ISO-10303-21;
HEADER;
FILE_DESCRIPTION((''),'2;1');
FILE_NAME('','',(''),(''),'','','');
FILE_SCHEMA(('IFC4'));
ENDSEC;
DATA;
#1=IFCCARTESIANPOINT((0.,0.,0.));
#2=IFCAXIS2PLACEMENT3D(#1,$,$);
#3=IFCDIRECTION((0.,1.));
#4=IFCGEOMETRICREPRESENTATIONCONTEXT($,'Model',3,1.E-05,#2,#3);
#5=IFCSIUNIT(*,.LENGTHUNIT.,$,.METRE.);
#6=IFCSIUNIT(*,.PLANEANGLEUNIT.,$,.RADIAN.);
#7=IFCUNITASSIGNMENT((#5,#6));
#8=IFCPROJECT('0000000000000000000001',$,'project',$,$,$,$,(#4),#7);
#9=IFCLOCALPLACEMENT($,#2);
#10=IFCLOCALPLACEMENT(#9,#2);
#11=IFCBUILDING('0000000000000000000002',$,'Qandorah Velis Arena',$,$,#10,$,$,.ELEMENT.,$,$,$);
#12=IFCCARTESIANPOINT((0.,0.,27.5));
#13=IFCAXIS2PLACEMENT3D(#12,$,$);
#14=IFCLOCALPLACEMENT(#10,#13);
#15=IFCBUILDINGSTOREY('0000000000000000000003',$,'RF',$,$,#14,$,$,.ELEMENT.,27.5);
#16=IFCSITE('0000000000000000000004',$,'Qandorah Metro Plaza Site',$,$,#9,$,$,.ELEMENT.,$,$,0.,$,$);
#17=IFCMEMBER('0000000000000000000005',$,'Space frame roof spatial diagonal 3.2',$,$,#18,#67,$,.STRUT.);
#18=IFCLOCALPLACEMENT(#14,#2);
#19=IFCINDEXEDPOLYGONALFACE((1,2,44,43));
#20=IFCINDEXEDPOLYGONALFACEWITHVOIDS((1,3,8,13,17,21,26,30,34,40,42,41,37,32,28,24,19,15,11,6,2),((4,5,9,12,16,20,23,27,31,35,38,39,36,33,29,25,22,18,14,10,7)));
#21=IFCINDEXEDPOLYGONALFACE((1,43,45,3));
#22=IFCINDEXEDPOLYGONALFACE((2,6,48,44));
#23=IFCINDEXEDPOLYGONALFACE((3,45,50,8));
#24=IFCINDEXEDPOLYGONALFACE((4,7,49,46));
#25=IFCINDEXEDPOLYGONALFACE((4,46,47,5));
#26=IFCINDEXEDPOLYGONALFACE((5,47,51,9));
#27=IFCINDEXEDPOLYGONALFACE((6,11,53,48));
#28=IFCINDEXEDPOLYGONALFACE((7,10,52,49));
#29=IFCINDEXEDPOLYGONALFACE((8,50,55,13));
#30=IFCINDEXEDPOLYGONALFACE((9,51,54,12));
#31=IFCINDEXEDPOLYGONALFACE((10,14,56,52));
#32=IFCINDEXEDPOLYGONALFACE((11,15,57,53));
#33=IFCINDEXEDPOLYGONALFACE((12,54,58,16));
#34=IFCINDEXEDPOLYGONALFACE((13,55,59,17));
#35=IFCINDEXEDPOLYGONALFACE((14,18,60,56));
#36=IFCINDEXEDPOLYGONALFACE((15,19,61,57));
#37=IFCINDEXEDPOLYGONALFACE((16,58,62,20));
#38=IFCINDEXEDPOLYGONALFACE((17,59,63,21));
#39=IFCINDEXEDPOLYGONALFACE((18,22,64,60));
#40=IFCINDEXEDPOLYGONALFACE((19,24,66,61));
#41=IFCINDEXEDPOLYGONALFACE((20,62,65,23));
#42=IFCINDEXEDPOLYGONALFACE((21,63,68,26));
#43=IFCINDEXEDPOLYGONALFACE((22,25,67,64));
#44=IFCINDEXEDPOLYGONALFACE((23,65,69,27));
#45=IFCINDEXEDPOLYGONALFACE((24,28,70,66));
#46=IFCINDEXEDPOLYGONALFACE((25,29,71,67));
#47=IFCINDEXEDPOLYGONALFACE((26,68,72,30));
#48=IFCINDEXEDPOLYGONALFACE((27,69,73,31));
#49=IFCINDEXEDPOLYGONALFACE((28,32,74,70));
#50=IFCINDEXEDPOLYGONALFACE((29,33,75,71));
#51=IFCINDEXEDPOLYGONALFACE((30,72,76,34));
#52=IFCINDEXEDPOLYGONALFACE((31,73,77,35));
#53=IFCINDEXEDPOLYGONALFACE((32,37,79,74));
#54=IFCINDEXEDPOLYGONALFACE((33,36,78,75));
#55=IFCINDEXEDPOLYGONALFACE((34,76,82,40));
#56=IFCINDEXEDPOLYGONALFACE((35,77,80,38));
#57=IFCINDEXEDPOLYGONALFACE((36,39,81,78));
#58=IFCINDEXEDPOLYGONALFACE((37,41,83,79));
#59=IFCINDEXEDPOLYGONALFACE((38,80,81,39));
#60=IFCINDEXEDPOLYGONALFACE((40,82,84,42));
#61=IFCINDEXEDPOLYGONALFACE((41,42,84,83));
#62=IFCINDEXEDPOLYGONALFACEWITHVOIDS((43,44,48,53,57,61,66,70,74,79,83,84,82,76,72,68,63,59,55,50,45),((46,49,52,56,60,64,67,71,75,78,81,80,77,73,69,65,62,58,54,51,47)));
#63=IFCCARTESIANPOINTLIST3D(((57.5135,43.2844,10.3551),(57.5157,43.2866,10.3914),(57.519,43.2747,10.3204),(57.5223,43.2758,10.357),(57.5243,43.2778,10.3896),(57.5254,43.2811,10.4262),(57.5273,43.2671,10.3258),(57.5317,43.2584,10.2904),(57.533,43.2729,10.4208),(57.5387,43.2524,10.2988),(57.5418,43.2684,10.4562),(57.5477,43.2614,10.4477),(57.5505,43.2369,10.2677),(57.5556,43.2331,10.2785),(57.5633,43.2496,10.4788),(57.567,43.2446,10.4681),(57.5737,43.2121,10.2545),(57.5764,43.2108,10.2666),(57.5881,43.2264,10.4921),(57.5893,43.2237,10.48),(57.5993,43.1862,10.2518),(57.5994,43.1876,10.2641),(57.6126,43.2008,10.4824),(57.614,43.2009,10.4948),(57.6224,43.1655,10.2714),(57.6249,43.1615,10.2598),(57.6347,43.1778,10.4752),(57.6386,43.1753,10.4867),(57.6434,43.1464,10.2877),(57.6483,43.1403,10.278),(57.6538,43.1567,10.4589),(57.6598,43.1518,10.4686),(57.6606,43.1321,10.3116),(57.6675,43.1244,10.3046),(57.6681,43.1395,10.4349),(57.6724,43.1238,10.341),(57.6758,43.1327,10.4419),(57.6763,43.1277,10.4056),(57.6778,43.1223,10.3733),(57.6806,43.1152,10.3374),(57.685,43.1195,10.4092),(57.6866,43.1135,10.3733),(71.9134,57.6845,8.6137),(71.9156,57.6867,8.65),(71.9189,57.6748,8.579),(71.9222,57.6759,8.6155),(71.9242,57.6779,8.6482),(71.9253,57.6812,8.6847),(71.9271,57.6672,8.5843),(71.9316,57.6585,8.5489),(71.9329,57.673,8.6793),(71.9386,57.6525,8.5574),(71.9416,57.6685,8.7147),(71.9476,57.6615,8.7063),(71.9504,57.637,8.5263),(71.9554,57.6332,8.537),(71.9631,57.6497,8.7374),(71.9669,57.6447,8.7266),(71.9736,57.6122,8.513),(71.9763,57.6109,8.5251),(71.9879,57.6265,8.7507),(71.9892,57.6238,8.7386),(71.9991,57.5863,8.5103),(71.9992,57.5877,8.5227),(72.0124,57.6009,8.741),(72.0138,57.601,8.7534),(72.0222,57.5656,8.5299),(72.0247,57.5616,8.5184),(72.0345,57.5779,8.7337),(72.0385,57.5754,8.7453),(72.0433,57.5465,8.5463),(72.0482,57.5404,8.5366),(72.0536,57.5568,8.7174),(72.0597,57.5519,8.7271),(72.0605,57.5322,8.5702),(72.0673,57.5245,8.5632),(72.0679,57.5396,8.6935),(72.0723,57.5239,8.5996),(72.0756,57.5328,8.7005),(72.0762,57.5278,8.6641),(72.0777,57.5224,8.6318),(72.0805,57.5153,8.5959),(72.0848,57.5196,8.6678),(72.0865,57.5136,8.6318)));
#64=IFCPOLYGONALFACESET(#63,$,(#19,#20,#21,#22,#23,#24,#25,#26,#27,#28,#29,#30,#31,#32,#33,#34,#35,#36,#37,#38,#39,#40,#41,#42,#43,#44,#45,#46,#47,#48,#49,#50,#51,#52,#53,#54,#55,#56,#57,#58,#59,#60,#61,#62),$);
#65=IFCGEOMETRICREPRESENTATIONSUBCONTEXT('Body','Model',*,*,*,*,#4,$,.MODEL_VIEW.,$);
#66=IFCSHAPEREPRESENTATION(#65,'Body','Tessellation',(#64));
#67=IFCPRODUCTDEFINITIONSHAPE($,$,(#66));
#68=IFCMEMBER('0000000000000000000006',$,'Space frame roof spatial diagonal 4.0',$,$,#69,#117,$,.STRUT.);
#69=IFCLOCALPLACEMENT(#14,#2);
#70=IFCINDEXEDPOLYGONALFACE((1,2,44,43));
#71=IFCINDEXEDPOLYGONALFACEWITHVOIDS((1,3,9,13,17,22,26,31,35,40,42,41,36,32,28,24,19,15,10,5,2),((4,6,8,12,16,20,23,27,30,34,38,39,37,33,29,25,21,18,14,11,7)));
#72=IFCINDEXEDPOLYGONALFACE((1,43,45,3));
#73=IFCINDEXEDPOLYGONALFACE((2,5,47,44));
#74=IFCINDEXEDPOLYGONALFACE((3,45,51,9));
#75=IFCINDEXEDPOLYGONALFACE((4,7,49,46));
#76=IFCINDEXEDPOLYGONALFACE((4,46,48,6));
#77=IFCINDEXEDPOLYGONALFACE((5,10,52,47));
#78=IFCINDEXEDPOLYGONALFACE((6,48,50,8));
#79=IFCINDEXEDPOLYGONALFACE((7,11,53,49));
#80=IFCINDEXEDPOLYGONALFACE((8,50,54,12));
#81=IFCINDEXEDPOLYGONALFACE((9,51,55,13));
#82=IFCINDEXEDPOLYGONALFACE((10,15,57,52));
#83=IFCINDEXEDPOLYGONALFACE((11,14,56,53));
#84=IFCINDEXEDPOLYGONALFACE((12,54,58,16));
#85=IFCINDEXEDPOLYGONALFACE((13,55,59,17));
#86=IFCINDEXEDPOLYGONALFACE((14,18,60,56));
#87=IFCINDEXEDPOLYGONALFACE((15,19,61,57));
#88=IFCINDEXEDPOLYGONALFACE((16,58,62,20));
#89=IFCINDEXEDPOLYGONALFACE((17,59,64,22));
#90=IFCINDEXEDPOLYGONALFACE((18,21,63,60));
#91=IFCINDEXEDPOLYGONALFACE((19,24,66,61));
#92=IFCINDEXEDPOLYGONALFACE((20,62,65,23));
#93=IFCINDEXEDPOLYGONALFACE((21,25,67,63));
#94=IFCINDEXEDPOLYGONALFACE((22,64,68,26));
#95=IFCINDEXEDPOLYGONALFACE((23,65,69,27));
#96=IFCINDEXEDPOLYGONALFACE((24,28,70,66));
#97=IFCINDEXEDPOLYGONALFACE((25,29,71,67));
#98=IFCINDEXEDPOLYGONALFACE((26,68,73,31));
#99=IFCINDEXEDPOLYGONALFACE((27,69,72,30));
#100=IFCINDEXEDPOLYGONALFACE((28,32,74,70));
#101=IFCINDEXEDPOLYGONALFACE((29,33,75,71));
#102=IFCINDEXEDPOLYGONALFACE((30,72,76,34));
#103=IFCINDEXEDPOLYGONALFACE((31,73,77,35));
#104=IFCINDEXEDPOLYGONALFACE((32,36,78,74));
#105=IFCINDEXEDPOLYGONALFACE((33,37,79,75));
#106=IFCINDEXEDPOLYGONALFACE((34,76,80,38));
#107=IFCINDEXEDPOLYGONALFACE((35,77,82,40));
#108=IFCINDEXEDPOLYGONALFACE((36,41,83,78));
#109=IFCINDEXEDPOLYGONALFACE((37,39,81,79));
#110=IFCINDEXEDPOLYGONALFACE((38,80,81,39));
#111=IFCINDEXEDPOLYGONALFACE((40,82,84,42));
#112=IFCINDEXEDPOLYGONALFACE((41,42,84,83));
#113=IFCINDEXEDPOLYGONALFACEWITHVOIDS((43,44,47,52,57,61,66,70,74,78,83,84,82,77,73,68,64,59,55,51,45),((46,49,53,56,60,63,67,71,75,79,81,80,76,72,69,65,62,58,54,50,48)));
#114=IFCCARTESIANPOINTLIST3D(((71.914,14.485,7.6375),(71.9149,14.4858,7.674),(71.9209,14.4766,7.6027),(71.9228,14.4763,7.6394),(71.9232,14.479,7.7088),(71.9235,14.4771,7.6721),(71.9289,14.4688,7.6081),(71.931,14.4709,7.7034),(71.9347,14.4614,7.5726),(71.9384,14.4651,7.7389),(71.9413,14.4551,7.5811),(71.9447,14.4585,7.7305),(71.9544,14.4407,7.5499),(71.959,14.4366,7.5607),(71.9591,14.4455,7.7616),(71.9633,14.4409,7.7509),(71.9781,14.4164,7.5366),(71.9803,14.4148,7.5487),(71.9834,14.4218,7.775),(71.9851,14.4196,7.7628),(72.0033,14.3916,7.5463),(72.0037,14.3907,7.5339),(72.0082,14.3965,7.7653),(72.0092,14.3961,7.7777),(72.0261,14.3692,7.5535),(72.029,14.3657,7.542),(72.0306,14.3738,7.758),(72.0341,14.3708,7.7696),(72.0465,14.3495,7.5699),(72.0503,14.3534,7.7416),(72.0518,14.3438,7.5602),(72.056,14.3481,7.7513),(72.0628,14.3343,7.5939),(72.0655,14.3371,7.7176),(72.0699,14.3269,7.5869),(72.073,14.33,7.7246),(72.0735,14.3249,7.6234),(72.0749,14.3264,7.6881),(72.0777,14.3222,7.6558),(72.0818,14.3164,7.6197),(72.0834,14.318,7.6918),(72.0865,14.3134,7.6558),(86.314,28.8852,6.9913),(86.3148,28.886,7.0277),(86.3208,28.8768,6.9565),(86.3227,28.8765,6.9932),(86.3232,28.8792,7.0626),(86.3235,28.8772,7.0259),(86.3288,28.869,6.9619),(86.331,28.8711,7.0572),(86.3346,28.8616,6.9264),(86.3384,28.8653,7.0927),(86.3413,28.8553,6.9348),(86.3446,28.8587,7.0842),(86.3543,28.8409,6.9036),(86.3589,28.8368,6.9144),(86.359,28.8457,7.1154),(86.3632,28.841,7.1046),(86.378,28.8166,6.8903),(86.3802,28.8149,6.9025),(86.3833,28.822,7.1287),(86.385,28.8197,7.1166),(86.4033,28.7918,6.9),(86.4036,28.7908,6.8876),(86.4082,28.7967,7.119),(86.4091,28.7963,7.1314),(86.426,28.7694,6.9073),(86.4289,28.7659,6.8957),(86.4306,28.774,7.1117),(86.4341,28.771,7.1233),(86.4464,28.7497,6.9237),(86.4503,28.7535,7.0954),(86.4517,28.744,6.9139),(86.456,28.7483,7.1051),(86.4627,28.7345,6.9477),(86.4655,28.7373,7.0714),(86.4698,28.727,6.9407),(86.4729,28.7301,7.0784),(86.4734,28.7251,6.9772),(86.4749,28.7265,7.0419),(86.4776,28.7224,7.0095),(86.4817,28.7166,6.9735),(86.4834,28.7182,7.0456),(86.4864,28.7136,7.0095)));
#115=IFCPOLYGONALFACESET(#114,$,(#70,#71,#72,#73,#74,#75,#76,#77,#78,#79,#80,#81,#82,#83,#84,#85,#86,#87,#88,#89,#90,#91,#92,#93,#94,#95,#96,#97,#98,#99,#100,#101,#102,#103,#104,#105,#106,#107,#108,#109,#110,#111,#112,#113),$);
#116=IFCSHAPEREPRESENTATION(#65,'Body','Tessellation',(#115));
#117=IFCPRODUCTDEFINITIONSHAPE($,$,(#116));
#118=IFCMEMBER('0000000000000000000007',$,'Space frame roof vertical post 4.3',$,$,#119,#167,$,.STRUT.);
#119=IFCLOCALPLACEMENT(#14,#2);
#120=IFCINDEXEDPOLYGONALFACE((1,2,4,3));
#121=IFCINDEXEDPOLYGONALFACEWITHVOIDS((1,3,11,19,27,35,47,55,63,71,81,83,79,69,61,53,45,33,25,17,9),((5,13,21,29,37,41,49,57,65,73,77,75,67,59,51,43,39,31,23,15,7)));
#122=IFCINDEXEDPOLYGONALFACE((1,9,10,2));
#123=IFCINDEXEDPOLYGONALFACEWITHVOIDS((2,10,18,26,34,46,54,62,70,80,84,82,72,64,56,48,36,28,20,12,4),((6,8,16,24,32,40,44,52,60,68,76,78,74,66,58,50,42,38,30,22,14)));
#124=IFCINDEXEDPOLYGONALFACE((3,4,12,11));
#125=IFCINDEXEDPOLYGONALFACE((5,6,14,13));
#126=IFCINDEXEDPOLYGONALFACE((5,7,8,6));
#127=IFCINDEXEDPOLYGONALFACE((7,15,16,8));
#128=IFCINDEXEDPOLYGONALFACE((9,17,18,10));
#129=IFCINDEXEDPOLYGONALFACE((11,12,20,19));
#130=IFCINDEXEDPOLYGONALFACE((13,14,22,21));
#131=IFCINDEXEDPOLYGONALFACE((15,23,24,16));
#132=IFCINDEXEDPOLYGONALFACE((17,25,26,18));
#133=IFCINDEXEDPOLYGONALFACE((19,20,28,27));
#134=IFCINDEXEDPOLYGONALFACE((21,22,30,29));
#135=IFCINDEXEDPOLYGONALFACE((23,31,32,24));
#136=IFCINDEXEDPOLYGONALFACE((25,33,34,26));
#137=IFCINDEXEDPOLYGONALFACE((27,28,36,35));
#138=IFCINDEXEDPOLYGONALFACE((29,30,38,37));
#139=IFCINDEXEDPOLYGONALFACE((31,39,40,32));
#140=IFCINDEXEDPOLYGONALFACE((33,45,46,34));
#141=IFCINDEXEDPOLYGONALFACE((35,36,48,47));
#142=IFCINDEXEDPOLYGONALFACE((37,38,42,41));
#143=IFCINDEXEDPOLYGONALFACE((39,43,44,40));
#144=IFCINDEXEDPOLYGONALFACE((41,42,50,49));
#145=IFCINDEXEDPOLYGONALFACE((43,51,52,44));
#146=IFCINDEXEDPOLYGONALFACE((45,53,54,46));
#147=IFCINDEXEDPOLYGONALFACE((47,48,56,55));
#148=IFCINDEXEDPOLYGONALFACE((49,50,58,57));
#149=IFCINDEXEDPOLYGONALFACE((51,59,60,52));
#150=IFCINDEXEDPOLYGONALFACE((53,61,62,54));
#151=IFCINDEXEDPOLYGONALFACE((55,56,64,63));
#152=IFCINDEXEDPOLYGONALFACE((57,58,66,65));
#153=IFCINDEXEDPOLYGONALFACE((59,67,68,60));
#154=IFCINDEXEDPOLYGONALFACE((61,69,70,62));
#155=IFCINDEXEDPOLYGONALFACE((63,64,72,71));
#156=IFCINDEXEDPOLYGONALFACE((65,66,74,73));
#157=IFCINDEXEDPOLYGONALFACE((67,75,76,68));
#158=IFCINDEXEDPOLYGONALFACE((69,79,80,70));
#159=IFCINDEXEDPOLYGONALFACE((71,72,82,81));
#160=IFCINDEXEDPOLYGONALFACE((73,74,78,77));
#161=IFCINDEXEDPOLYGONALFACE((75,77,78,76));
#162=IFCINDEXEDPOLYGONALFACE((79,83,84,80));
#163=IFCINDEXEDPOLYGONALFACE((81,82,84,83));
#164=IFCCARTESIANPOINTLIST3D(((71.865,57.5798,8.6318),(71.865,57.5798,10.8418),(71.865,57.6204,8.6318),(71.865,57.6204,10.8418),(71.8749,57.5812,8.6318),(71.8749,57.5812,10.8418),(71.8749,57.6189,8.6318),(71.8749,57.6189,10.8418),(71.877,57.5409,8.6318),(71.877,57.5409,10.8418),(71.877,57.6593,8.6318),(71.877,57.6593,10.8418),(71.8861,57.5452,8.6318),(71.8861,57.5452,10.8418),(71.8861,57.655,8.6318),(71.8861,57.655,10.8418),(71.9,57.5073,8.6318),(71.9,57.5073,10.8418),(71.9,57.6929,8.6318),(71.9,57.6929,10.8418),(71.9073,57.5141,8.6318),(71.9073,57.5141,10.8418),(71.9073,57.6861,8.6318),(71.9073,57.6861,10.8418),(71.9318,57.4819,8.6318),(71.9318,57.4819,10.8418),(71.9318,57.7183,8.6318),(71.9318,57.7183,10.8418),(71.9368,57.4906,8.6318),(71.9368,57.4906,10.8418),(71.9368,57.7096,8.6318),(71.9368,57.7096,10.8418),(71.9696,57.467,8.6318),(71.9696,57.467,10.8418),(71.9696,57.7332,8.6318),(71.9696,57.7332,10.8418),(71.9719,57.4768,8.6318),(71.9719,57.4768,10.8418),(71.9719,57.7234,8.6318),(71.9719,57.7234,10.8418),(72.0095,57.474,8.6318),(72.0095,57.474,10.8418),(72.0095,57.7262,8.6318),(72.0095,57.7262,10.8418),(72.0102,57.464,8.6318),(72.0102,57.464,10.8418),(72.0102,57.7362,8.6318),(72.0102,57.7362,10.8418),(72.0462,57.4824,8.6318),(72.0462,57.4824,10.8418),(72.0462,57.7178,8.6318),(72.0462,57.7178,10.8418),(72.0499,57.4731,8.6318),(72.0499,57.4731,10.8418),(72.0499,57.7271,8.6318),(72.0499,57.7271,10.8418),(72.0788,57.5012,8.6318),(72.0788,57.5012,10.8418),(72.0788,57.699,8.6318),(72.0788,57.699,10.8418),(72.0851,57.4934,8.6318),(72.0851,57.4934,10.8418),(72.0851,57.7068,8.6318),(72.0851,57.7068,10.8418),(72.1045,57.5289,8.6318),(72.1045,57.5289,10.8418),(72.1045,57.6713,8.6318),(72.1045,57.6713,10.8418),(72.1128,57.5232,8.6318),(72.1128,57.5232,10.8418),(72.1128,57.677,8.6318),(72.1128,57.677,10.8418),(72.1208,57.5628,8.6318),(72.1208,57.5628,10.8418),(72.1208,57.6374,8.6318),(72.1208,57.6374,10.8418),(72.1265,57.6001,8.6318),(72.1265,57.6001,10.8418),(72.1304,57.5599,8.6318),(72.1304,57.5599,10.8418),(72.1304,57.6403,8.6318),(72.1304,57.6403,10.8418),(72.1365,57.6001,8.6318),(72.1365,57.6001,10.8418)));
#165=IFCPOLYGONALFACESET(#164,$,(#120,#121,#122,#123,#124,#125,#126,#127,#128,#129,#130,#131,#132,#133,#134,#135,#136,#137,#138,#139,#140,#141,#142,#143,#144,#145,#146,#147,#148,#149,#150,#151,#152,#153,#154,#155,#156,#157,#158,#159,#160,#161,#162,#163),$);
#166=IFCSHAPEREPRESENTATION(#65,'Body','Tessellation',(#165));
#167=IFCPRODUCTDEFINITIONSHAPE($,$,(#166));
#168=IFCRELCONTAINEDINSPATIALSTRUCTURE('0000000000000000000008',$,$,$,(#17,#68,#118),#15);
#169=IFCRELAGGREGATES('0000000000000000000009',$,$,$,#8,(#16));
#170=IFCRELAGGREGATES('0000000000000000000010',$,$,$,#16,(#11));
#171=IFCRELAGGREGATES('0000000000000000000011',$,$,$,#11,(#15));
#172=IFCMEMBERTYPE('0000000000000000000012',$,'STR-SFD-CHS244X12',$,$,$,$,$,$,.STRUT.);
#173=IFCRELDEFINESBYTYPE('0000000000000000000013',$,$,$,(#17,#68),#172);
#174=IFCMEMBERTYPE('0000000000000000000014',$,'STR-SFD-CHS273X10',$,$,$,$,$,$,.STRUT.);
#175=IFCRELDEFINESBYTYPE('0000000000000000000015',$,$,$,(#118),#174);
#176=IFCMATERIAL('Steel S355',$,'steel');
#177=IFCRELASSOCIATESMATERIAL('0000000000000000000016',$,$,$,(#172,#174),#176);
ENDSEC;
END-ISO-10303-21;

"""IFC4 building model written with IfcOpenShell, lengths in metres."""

from ifc_helpers import new_model, si_unit, direction, frame, origin, origin_2d, place, context, subcontext, project, spatial, hollow_circle, extrude, material, material_profile, profile_set, type_object, element, save


model = new_model("IFC4")

# Units and contexts
model_context = context("Model", 3, precision=1e-05, world=origin(), true_north=direction((0.0, 1.0)))
body_context = subcontext(model_context, "Body", "Model", "MODEL_VIEW")
ifc_project = project(units=[si_unit("LENGTHUNIT", "METRE"), si_unit("PLANEANGLEUNIT", "RADIAN")], contexts=[model_context])

# Site, building, storey
site_placement = place(None, origin())
site = spatial("IfcSite", under=ifc_project, at=site_placement, Name="Qandorah Metro Plaza Site", CompositionType="ELEMENT", RefElevation=0.0)
building_placement = place(site_placement, origin())
building = spatial("IfcBuilding", under=site, at=building_placement, Name="Qandorah Velis Arena", CompositionType="ELEMENT")
storey_placement = place(building_placement, frame((0.0, 0.0, 27.5)))
storey = spatial("IfcBuildingStorey", under=building, at=storey_placement, Name="RF", CompositionType="ELEMENT", Elevation=27.5)

# Shared definitions
ifc_material_1 = material(Name="Steel S355", Category="steel")

# Members
ifc_material_profile_1 = material_profile(ifc_material_1, hollow_circle(Radius=0.1223, WallThickness=0.0125, at=origin_2d()), Name="CHS 244.5x12.5")
ifc_profile_set_1 = profile_set([ifc_material_profile_1], Name="Steel S355")
member_type_1 = type_object("IfcMemberType", Name="STR-SFD-CHS244X12", PredefinedType="STRUT", material=ifc_profile_set_1)
member_1_placement = place(storey_placement, frame((72.0, 57.6001, 8.6318), z_axis=(-0.70453, -0.704541, 0.085202), x_axis=(0.707113, -0.707101, 0.0)))
element("IfcMember", 1, at=member_1_placement, inside=storey, type_object=member_type_1, Name="Space frame roof spatial diagonal 3.2", PredefinedType="STRUT", context=body_context, shape_type="SweptSolid", body=[
    extrude(hollow_circle(Radius=0.1223, WallThickness=0.0125, at=origin_2d()), origin(), (0.0, 0.0, 1.0), 20.439),
])
member_2_placement = place(storey_placement, frame((86.3999, 28.8, 7.0095), z_axis=(-0.706745, -0.706757, 0.031717), x_axis=(0.707113, -0.707101, 0.0)))
element("IfcMember", 2, at=member_2_placement, inside=storey, type_object=member_type_1, Name="Space frame roof spatial diagonal 4.0", PredefinedType="STRUT", context=body_context, shape_type="SweptSolid", body=[
    extrude(hollow_circle(Radius=0.1223, WallThickness=0.0125, at=origin_2d()), origin(), (0.0, 0.0, 1.0), 20.375),
])
ifc_material_profile_2 = material_profile(ifc_material_1, hollow_circle(Radius=0.1365, WallThickness=0.01, at=origin_2d()), Name="CHS 273x10")
ifc_profile_set_2 = profile_set([ifc_material_profile_2], Name="Steel S355")
member_type_2 = type_object("IfcMemberType", Name="STR-SFD-CHS273X10", PredefinedType="STRUT", material=ifc_profile_set_2)
for number, where, z_axis, x_axis, name in (
    (3, (72.0, 57.6001, 8.6318), (0.0, 0.0, 1.0), (1.0, 0.0, 0.0), "Space frame roof vertical post 4.3"),
):
    element("IfcMember", number, at=place(storey_placement, frame(where, z_axis=z_axis, x_axis=x_axis)), inside=storey, type_object=member_type_2, Name=name, PredefinedType="STRUT", context=body_context, shape_type="SweptSolid", body=[
        extrude(hollow_circle(Radius=0.1365, WallThickness=0.01, at=origin_2d()), origin(), (0.0, 0.0, 1.0), 2.21),
    ])

save(model, "model.ifc")
